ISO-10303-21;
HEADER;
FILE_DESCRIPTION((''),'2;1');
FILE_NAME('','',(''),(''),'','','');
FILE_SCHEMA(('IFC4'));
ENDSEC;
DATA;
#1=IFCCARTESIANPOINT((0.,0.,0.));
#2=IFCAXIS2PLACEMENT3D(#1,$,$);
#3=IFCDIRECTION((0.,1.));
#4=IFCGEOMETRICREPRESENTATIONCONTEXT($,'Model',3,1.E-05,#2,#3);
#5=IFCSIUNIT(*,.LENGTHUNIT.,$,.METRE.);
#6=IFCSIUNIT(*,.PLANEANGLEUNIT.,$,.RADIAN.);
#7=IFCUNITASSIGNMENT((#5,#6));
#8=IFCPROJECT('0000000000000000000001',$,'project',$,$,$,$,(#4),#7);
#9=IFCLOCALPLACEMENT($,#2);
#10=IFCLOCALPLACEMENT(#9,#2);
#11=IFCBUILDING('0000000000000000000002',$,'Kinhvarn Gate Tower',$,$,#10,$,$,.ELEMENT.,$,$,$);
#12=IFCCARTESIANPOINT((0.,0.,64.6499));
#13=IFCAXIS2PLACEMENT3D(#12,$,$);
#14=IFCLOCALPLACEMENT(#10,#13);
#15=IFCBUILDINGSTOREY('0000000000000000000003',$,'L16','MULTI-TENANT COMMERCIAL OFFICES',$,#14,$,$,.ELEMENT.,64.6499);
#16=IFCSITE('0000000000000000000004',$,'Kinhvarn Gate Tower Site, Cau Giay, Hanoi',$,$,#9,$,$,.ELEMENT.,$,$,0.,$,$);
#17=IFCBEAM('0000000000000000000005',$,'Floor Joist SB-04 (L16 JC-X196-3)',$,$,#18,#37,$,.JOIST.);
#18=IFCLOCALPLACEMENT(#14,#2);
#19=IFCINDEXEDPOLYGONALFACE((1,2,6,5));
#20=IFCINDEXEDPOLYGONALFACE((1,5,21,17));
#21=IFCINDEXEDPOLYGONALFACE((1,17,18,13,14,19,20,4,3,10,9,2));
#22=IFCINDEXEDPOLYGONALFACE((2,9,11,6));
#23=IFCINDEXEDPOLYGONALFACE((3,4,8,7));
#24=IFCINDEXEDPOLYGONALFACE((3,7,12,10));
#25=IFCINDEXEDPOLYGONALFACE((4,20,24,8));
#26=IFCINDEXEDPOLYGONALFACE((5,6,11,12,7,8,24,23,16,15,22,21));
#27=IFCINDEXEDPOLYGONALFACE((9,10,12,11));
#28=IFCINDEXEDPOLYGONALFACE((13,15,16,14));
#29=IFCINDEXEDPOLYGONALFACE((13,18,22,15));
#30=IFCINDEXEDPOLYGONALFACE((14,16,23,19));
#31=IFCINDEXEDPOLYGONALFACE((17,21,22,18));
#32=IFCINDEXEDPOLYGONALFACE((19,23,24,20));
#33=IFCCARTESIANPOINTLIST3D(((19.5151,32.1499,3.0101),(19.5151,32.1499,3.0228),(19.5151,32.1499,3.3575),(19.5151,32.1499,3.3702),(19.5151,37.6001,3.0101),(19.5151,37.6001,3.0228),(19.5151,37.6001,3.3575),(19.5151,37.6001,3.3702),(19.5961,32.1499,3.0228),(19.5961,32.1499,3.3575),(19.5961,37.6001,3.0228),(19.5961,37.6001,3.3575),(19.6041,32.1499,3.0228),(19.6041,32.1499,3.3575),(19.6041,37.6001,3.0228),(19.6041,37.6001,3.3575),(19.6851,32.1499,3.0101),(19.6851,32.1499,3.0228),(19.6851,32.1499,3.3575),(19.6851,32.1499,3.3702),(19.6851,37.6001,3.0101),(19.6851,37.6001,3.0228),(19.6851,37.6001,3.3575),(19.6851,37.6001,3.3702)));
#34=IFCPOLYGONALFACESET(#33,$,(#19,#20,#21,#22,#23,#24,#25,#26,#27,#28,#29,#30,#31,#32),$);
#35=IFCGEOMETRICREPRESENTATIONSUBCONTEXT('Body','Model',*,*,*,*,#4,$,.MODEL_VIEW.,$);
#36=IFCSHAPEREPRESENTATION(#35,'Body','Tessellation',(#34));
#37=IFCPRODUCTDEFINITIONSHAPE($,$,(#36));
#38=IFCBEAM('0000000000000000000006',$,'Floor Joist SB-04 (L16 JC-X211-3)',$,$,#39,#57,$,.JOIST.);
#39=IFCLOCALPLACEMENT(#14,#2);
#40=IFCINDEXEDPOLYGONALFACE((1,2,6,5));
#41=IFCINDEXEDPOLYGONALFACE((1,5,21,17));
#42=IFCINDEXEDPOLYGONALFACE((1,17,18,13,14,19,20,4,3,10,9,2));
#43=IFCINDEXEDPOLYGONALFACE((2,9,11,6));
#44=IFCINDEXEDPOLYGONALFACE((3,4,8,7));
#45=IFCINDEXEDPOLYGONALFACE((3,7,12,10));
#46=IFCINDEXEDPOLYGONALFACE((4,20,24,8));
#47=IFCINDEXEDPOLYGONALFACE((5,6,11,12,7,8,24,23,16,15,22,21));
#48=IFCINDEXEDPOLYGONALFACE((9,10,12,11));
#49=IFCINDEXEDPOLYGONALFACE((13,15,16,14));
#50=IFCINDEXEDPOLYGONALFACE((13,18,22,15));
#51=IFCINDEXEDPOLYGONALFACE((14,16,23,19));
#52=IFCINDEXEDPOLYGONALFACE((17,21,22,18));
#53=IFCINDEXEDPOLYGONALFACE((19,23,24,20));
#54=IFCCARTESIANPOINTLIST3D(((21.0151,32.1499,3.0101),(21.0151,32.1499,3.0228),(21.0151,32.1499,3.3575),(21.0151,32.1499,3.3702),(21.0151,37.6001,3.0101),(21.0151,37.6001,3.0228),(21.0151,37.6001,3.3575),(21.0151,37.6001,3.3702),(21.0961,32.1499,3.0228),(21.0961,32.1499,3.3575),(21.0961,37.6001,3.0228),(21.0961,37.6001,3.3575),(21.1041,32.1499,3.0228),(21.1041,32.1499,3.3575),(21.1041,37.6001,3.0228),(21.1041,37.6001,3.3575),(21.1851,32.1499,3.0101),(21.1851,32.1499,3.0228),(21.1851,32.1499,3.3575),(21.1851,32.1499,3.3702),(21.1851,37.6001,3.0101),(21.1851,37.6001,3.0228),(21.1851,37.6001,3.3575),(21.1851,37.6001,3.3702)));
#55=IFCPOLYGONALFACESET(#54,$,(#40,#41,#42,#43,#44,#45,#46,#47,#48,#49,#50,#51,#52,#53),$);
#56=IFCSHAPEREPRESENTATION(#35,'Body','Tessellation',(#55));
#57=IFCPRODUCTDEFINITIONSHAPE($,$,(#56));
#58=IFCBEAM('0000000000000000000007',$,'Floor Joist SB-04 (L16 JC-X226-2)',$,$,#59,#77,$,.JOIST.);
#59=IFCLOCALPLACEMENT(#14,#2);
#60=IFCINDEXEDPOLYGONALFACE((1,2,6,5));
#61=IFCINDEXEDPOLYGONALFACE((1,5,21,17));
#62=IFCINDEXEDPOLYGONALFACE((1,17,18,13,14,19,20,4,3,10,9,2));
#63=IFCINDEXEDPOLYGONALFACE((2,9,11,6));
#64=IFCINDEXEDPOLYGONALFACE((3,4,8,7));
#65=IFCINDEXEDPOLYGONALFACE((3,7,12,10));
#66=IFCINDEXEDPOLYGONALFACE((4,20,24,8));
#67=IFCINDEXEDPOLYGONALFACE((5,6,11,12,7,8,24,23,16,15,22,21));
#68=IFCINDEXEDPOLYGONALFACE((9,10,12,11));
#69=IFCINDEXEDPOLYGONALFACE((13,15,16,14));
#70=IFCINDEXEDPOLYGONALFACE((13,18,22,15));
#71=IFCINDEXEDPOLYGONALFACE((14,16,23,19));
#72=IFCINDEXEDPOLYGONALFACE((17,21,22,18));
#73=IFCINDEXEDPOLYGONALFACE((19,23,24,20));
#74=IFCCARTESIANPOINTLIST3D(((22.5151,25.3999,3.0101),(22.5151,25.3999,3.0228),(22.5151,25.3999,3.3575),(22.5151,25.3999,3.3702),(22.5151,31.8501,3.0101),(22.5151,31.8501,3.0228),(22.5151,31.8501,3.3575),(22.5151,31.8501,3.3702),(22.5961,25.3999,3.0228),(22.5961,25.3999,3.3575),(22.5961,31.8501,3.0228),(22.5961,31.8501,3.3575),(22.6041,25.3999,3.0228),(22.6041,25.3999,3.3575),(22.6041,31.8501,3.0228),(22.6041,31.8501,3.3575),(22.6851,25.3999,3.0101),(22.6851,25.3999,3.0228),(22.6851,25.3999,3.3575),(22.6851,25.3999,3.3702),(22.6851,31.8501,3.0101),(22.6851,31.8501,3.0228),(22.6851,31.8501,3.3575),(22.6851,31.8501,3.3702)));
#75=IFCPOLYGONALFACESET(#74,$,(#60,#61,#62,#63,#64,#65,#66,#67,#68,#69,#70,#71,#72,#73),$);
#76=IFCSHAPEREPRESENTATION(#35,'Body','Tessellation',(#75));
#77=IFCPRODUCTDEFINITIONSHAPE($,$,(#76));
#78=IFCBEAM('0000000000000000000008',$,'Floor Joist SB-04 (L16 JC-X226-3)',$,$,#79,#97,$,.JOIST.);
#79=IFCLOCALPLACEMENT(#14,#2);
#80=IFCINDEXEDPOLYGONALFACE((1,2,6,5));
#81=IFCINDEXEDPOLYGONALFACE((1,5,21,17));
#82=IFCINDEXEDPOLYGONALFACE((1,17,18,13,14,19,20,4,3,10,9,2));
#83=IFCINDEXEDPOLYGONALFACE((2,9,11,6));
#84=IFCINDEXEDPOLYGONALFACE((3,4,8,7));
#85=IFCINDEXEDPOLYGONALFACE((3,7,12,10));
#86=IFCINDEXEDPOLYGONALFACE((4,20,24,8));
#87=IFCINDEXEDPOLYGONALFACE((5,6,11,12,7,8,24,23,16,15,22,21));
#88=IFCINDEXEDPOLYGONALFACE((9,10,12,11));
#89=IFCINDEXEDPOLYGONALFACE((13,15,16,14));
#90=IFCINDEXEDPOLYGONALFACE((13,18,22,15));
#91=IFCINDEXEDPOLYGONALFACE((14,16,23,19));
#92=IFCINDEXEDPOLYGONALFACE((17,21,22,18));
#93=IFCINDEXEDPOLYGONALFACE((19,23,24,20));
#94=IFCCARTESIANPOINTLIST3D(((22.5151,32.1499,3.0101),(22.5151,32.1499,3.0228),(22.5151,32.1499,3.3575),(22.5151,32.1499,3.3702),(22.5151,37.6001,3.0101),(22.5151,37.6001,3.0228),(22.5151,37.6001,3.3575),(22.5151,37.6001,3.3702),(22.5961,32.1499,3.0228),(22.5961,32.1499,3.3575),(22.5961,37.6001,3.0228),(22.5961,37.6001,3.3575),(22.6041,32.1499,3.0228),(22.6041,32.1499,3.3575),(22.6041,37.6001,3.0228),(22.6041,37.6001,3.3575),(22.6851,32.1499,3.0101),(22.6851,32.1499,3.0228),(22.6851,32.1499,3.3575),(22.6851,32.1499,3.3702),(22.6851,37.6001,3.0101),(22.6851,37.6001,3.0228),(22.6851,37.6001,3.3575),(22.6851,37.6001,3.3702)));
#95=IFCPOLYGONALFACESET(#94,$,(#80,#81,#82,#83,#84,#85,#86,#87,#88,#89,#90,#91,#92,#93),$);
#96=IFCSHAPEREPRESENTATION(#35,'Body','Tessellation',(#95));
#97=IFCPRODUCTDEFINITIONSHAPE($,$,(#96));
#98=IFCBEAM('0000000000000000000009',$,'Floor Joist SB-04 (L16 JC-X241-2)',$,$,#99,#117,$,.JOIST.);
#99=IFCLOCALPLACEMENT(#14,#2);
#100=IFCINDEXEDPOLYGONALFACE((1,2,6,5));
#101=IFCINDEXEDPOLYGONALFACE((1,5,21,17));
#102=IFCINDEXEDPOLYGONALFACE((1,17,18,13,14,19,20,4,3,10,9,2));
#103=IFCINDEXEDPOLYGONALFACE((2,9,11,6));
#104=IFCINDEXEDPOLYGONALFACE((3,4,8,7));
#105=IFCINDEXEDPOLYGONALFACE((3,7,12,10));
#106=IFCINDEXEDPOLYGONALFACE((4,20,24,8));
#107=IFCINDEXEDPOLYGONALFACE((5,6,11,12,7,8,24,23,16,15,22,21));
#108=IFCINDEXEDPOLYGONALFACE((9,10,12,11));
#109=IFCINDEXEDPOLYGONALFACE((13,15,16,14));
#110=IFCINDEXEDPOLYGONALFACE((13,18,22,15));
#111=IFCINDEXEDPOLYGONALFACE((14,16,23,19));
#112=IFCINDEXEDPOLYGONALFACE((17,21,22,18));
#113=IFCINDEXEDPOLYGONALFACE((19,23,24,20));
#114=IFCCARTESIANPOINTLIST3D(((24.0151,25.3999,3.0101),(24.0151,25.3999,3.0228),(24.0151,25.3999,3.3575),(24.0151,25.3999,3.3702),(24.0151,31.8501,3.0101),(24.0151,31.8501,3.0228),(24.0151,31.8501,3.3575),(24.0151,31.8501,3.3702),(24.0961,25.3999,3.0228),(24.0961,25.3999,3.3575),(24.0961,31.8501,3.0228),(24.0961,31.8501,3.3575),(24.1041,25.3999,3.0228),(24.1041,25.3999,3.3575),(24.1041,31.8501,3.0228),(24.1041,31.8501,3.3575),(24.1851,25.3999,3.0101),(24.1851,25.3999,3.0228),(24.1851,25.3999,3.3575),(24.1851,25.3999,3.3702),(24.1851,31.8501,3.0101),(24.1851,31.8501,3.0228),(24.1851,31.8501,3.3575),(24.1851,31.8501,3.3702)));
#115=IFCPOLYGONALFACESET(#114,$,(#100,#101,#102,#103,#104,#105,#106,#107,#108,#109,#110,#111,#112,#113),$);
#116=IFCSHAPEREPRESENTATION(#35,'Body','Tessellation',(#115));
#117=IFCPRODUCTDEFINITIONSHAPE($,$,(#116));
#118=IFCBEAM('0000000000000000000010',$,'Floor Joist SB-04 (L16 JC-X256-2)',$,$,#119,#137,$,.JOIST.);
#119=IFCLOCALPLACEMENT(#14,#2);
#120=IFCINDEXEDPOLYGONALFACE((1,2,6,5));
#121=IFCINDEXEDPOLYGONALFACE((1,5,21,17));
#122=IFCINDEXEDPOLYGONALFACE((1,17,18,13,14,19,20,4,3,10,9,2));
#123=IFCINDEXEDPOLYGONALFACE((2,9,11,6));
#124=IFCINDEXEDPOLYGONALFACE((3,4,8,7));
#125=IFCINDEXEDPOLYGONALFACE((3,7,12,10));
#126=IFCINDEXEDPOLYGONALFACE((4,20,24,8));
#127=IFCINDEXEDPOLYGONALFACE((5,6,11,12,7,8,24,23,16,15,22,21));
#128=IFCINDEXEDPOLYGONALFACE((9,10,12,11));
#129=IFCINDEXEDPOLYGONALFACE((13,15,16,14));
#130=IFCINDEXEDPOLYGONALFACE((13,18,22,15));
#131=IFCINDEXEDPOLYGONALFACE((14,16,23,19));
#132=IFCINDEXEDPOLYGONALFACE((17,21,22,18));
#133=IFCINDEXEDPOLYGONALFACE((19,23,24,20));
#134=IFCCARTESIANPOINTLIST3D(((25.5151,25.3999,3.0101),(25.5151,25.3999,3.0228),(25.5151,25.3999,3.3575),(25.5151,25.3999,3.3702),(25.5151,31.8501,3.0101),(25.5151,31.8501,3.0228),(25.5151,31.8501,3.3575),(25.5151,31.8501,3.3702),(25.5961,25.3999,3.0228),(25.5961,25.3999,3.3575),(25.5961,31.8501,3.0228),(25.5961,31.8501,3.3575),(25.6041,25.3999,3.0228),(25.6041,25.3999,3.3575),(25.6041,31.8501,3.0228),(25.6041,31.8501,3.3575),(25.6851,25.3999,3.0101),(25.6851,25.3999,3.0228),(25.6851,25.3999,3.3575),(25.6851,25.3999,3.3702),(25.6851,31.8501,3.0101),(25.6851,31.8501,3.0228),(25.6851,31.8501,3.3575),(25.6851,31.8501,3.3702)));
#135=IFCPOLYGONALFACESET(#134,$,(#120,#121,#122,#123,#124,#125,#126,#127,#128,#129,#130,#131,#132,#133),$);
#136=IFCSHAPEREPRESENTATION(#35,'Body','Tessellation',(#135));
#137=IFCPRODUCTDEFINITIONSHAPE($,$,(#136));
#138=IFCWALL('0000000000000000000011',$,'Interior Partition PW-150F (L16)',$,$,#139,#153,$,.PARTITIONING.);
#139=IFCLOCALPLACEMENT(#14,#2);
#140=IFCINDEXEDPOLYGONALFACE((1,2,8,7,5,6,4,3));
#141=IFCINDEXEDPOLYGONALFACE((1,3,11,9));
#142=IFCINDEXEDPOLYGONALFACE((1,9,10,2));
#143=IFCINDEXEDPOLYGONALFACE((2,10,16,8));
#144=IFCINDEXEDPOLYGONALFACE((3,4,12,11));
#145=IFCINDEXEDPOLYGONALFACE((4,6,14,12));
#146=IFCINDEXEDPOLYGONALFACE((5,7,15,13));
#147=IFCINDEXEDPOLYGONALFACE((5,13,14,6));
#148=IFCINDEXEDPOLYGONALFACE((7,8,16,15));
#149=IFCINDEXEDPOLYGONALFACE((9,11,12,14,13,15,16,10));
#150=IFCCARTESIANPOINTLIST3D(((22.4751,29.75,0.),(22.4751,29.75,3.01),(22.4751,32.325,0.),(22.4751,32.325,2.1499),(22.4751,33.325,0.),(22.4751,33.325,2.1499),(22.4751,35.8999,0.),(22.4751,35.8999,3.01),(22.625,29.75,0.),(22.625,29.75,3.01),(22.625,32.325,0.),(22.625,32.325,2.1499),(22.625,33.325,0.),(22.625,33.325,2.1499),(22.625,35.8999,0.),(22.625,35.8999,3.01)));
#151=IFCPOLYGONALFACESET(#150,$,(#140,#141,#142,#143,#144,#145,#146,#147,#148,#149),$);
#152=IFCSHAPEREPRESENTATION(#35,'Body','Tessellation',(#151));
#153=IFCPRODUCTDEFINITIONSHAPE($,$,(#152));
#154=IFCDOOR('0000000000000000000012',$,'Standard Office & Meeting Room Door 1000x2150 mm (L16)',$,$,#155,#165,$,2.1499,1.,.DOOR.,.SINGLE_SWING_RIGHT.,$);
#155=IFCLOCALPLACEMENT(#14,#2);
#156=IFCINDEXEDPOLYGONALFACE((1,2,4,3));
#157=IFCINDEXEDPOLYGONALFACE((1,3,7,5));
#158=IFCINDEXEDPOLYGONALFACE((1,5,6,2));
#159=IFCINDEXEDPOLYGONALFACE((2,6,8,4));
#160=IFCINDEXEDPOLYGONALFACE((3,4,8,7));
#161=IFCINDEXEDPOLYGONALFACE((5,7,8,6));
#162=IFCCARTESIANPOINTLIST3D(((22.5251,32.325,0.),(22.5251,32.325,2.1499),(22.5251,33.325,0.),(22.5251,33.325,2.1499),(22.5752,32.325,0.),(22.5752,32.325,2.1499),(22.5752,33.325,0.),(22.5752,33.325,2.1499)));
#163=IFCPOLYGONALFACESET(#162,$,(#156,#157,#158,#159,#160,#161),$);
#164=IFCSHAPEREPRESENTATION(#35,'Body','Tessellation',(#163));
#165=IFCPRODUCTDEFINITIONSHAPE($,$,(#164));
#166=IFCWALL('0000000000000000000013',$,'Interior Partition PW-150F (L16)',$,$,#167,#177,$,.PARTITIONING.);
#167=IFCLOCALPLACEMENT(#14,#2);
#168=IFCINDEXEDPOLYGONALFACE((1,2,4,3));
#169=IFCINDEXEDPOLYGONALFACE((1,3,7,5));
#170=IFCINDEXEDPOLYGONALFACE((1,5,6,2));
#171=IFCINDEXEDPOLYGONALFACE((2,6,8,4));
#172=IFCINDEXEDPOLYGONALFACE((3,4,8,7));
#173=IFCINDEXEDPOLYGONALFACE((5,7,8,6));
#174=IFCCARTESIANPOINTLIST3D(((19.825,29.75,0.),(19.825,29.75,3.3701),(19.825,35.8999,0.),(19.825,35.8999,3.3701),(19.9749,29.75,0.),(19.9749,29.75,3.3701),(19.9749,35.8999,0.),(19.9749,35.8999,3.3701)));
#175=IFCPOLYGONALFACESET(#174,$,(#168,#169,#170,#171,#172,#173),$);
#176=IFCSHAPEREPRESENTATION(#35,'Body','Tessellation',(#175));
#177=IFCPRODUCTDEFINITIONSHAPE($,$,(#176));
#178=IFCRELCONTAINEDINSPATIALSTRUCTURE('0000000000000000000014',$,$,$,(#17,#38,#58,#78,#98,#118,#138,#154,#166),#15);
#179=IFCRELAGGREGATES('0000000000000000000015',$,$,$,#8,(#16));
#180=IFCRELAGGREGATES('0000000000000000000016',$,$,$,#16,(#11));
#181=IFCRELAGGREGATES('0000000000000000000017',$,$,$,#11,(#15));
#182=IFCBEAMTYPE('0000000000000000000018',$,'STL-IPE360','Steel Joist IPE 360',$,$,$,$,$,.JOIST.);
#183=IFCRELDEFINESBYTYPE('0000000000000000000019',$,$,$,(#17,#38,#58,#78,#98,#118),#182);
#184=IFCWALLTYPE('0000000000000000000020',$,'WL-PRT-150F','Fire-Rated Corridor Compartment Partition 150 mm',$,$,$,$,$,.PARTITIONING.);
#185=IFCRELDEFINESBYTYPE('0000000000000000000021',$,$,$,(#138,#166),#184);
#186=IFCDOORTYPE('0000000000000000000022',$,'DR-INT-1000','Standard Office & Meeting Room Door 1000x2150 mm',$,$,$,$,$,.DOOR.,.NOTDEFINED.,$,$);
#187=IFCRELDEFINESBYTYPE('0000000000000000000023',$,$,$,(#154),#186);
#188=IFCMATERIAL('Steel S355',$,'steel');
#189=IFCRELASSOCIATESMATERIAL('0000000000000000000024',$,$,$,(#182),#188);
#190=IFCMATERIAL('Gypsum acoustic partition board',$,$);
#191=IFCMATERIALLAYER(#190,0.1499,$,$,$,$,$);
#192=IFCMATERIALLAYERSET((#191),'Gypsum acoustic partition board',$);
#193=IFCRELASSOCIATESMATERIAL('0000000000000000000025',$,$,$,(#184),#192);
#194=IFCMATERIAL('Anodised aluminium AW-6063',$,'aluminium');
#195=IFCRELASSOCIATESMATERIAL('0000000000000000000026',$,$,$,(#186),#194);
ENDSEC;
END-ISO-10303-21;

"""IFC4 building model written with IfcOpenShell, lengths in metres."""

from ifc_helpers import new_model, si_unit, direction, frame, frame_2d, origin, origin_2d, place, context, subcontext, project, spatial, rectangle, i_section, extrude, material, layer, layer_set, material_profile, profile_set, type_object, element, fill, save


model = new_model("IFC4")

# Units and contexts
model_context = context("Model", 3, precision=1e-05, world=origin(), true_north=direction((0.0, 1.0)))
body_context = subcontext(model_context, "Body", "Model", "MODEL_VIEW")
ifc_project = project(units=[si_unit("LENGTHUNIT", "METRE"), si_unit("PLANEANGLEUNIT", "RADIAN")], contexts=[model_context])

# Site, building, storey
site_placement = place(None, origin())
site = spatial("IfcSite", under=ifc_project, at=site_placement, Name="Kinhvarn Gate Tower Site, Cau Giay, Hanoi", CompositionType="ELEMENT", RefElevation=0.0)
building_placement = place(site_placement, origin())
building = spatial("IfcBuilding", under=site, at=building_placement, Name="Kinhvarn Gate Tower", CompositionType="ELEMENT")
storey_placement = place(building_placement, frame((0.0, 0.0, 64.6499)))
storey = spatial("IfcBuildingStorey", under=building, at=storey_placement, Name="L16", Description="MULTI-TENANT COMMERCIAL OFFICES", CompositionType="ELEMENT", Elevation=64.6499)

# Beams
ifc_material_1 = material(Name="Steel S355", Category="steel")
ifc_material_profile = material_profile(ifc_material_1, i_section(OverallWidth=0.1699, OverallDepth=0.3601, WebThickness=0.0081, FlangeThickness=0.0127, at=origin_2d()), Name="IPE 360")
ifc_profile_set = profile_set([ifc_material_profile], Name="Steel S355")
beam_type = type_object("IfcBeamType", Name="STL-IPE360", Description="Steel Joist IPE 360", PredefinedType="JOIST", material=ifc_profile_set)
for number, where, z_axis, x_axis, name in (
    (1, (19.6001, 32.1499, 3.1902), (0.0, 1.0, 0.0), (-1.0, 0.0, 0.0), "Floor Joist SB-04 (L16 JC-X196-3)"),
    (2, (21.1001, 32.1499, 3.1902), (0.0, 1.0, 0.0), (-1.0, 0.0, 0.0), "Floor Joist SB-04 (L16 JC-X211-3)"),
):
    element("IfcBeam", number, at=place(storey_placement, frame(where, z_axis=z_axis, x_axis=x_axis)), inside=storey, type_object=beam_type, Name=name, PredefinedType="JOIST", context=body_context, shape_type="SweptSolid", body=[
        extrude(i_section(OverallWidth=0.1699, OverallDepth=0.3601, WebThickness=0.0081, FlangeThickness=0.0127, at=origin_2d()), origin(), (0.0, 0.0, 1.0), 5.4502),
    ])
beam_1_placement = place(storey_placement, frame((22.6001, 25.3999, 3.1902), z_axis=(0.0, 1.0, 0.0), x_axis=(-1.0, 0.0, 0.0)))
element("IfcBeam", 3, at=beam_1_placement, inside=storey, type_object=beam_type, Name="Floor Joist SB-04 (L16 JC-X226-2)", PredefinedType="JOIST", context=body_context, shape_type="SweptSolid", body=[
    extrude(i_section(OverallWidth=0.1699, OverallDepth=0.3601, WebThickness=0.0081, FlangeThickness=0.0127, at=origin_2d()), origin(), (0.0, 0.0, 1.0), 6.4502),
])
beam_2_placement = place(storey_placement, frame((22.6001, 32.1499, 3.1902), z_axis=(0.0, 1.0, 0.0), x_axis=(-1.0, 0.0, 0.0)))
element("IfcBeam", 4, at=beam_2_placement, inside=storey, type_object=beam_type, Name="Floor Joist SB-04 (L16 JC-X226-3)", PredefinedType="JOIST", context=body_context, shape_type="SweptSolid", body=[
    extrude(i_section(OverallWidth=0.1699, OverallDepth=0.3601, WebThickness=0.0081, FlangeThickness=0.0127, at=origin_2d()), origin(), (0.0, 0.0, 1.0), 5.4502),
])
for number, where, z_axis, x_axis, name in (
    (5, (24.1001, 25.3999, 3.1902), (0.0, 1.0, 0.0), (-1.0, 0.0, 0.0), "Floor Joist SB-04 (L16 JC-X241-2)"),
    (6, (25.6001, 25.3999, 3.1902), (0.0, 1.0, 0.0), (-1.0, 0.0, 0.0), "Floor Joist SB-04 (L16 JC-X256-2)"),
):
    element("IfcBeam", number, at=place(storey_placement, frame(where, z_axis=z_axis, x_axis=x_axis)), inside=storey, type_object=beam_type, Name=name, PredefinedType="JOIST", context=body_context, shape_type="SweptSolid", body=[
        extrude(i_section(OverallWidth=0.1699, OverallDepth=0.3601, WebThickness=0.0081, FlangeThickness=0.0127, at=origin_2d()), origin(), (0.0, 0.0, 1.0), 6.4502),
    ])

# Wall, opening, door
ifc_material_2 = material(Name="Gypsum acoustic partition board")
ifc_layer_1 = layer(ifc_material_2, 0.1499)
ifc_layer_set_1 = layer_set([ifc_layer_1], Name="Gypsum acoustic partition board")
wall_type_1 = type_object("IfcWallType", Name="WL-PRT-150F", Description="Fire-Rated Corridor Compartment Partition 150 mm", PredefinedType="PARTITIONING", material=ifc_layer_set_1)
wall_1_placement = place(storey_placement, frame((22.55, 29.75, 0.0), z_axis=(0.0, 0.0, 1.0), x_axis=(0.0, 1.0, 0.0)))
wall_1 = element("IfcWall", 7, at=wall_1_placement, inside=storey, type_object=wall_type_1, Name="Interior Partition PW-150F (L16)", PredefinedType="PARTITIONING", context=body_context, shape_type="SweptSolid", body=[
    extrude(rectangle(XDim=6.1499, YDim=0.1499, at=frame_2d((3.075, 0.0))), origin(), (0.0, 0.0, 1.0), 3.01),
])
opening_1_placement = place(wall_1_placement, frame((2.575, 0.0, 0.0)))
opening_1 = element("IfcOpeningElement", 8, at=opening_1_placement, cuts=wall_1, PredefinedType="OPENING", context=body_context, shape_type="SweptSolid", body=[
    extrude(rectangle(XDim=1.0, YDim=2.1499, at=frame_2d((0.5, 1.075))), frame((0.0, 0.085, 0.0), z_axis=(0.0, -1.0, 0.0), x_axis=(1.0, 0.0, 0.0)), (0.0, 0.0, 1.0), 0.1699),
])
ifc_material_3 = material(Name="Anodised aluminium AW-6063", Category="aluminium")
door_type_1 = type_object("IfcDoorType", Name="DR-INT-1000", Description="Standard Office & Meeting Room Door 1000x2150 mm", OperationType="NOTDEFINED", PredefinedType="DOOR", material=ifc_material_3)
door_1_placement = place(opening_1_placement, origin())
door_1 = element("IfcDoor", 9, at=door_1_placement, inside=storey, type_object=door_type_1, Name="Standard Office & Meeting Room Door 1000x2150 mm (L16)", OperationType="SINGLE_SWING_RIGHT", OverallHeight=2.1499, OverallWidth=1.0, PredefinedType="DOOR", context=body_context, shape_type="SweptSolid", body=[
    extrude(rectangle(XDim=1.0, YDim=2.1499, at=frame_2d((0.5, 1.075))), frame((0.0, 0.0249, 0.0), z_axis=(0.0, -1.0, 0.0), x_axis=(1.0, 0.0, 0.0)), (0.0, 0.0, 1.0), 0.05),
])
fill(opening_1, door_1)

# Wall
wall_2_placement = place(storey_placement, frame((19.8999, 29.75, 0.0), z_axis=(0.0, 0.0, 1.0), x_axis=(0.0, 1.0, 0.0)))
element("IfcWall", 10, at=wall_2_placement, inside=storey, type_object=wall_type_1, Name="Interior Partition PW-150F (L16)", PredefinedType="PARTITIONING", context=body_context, shape_type="SweptSolid", body=[
    extrude(rectangle(XDim=6.1499, YDim=0.1499, at=frame_2d((3.075, 0.0))), origin(), (0.0, 0.0, 1.0), 3.3701),
])

save(model, "model.ifc")
